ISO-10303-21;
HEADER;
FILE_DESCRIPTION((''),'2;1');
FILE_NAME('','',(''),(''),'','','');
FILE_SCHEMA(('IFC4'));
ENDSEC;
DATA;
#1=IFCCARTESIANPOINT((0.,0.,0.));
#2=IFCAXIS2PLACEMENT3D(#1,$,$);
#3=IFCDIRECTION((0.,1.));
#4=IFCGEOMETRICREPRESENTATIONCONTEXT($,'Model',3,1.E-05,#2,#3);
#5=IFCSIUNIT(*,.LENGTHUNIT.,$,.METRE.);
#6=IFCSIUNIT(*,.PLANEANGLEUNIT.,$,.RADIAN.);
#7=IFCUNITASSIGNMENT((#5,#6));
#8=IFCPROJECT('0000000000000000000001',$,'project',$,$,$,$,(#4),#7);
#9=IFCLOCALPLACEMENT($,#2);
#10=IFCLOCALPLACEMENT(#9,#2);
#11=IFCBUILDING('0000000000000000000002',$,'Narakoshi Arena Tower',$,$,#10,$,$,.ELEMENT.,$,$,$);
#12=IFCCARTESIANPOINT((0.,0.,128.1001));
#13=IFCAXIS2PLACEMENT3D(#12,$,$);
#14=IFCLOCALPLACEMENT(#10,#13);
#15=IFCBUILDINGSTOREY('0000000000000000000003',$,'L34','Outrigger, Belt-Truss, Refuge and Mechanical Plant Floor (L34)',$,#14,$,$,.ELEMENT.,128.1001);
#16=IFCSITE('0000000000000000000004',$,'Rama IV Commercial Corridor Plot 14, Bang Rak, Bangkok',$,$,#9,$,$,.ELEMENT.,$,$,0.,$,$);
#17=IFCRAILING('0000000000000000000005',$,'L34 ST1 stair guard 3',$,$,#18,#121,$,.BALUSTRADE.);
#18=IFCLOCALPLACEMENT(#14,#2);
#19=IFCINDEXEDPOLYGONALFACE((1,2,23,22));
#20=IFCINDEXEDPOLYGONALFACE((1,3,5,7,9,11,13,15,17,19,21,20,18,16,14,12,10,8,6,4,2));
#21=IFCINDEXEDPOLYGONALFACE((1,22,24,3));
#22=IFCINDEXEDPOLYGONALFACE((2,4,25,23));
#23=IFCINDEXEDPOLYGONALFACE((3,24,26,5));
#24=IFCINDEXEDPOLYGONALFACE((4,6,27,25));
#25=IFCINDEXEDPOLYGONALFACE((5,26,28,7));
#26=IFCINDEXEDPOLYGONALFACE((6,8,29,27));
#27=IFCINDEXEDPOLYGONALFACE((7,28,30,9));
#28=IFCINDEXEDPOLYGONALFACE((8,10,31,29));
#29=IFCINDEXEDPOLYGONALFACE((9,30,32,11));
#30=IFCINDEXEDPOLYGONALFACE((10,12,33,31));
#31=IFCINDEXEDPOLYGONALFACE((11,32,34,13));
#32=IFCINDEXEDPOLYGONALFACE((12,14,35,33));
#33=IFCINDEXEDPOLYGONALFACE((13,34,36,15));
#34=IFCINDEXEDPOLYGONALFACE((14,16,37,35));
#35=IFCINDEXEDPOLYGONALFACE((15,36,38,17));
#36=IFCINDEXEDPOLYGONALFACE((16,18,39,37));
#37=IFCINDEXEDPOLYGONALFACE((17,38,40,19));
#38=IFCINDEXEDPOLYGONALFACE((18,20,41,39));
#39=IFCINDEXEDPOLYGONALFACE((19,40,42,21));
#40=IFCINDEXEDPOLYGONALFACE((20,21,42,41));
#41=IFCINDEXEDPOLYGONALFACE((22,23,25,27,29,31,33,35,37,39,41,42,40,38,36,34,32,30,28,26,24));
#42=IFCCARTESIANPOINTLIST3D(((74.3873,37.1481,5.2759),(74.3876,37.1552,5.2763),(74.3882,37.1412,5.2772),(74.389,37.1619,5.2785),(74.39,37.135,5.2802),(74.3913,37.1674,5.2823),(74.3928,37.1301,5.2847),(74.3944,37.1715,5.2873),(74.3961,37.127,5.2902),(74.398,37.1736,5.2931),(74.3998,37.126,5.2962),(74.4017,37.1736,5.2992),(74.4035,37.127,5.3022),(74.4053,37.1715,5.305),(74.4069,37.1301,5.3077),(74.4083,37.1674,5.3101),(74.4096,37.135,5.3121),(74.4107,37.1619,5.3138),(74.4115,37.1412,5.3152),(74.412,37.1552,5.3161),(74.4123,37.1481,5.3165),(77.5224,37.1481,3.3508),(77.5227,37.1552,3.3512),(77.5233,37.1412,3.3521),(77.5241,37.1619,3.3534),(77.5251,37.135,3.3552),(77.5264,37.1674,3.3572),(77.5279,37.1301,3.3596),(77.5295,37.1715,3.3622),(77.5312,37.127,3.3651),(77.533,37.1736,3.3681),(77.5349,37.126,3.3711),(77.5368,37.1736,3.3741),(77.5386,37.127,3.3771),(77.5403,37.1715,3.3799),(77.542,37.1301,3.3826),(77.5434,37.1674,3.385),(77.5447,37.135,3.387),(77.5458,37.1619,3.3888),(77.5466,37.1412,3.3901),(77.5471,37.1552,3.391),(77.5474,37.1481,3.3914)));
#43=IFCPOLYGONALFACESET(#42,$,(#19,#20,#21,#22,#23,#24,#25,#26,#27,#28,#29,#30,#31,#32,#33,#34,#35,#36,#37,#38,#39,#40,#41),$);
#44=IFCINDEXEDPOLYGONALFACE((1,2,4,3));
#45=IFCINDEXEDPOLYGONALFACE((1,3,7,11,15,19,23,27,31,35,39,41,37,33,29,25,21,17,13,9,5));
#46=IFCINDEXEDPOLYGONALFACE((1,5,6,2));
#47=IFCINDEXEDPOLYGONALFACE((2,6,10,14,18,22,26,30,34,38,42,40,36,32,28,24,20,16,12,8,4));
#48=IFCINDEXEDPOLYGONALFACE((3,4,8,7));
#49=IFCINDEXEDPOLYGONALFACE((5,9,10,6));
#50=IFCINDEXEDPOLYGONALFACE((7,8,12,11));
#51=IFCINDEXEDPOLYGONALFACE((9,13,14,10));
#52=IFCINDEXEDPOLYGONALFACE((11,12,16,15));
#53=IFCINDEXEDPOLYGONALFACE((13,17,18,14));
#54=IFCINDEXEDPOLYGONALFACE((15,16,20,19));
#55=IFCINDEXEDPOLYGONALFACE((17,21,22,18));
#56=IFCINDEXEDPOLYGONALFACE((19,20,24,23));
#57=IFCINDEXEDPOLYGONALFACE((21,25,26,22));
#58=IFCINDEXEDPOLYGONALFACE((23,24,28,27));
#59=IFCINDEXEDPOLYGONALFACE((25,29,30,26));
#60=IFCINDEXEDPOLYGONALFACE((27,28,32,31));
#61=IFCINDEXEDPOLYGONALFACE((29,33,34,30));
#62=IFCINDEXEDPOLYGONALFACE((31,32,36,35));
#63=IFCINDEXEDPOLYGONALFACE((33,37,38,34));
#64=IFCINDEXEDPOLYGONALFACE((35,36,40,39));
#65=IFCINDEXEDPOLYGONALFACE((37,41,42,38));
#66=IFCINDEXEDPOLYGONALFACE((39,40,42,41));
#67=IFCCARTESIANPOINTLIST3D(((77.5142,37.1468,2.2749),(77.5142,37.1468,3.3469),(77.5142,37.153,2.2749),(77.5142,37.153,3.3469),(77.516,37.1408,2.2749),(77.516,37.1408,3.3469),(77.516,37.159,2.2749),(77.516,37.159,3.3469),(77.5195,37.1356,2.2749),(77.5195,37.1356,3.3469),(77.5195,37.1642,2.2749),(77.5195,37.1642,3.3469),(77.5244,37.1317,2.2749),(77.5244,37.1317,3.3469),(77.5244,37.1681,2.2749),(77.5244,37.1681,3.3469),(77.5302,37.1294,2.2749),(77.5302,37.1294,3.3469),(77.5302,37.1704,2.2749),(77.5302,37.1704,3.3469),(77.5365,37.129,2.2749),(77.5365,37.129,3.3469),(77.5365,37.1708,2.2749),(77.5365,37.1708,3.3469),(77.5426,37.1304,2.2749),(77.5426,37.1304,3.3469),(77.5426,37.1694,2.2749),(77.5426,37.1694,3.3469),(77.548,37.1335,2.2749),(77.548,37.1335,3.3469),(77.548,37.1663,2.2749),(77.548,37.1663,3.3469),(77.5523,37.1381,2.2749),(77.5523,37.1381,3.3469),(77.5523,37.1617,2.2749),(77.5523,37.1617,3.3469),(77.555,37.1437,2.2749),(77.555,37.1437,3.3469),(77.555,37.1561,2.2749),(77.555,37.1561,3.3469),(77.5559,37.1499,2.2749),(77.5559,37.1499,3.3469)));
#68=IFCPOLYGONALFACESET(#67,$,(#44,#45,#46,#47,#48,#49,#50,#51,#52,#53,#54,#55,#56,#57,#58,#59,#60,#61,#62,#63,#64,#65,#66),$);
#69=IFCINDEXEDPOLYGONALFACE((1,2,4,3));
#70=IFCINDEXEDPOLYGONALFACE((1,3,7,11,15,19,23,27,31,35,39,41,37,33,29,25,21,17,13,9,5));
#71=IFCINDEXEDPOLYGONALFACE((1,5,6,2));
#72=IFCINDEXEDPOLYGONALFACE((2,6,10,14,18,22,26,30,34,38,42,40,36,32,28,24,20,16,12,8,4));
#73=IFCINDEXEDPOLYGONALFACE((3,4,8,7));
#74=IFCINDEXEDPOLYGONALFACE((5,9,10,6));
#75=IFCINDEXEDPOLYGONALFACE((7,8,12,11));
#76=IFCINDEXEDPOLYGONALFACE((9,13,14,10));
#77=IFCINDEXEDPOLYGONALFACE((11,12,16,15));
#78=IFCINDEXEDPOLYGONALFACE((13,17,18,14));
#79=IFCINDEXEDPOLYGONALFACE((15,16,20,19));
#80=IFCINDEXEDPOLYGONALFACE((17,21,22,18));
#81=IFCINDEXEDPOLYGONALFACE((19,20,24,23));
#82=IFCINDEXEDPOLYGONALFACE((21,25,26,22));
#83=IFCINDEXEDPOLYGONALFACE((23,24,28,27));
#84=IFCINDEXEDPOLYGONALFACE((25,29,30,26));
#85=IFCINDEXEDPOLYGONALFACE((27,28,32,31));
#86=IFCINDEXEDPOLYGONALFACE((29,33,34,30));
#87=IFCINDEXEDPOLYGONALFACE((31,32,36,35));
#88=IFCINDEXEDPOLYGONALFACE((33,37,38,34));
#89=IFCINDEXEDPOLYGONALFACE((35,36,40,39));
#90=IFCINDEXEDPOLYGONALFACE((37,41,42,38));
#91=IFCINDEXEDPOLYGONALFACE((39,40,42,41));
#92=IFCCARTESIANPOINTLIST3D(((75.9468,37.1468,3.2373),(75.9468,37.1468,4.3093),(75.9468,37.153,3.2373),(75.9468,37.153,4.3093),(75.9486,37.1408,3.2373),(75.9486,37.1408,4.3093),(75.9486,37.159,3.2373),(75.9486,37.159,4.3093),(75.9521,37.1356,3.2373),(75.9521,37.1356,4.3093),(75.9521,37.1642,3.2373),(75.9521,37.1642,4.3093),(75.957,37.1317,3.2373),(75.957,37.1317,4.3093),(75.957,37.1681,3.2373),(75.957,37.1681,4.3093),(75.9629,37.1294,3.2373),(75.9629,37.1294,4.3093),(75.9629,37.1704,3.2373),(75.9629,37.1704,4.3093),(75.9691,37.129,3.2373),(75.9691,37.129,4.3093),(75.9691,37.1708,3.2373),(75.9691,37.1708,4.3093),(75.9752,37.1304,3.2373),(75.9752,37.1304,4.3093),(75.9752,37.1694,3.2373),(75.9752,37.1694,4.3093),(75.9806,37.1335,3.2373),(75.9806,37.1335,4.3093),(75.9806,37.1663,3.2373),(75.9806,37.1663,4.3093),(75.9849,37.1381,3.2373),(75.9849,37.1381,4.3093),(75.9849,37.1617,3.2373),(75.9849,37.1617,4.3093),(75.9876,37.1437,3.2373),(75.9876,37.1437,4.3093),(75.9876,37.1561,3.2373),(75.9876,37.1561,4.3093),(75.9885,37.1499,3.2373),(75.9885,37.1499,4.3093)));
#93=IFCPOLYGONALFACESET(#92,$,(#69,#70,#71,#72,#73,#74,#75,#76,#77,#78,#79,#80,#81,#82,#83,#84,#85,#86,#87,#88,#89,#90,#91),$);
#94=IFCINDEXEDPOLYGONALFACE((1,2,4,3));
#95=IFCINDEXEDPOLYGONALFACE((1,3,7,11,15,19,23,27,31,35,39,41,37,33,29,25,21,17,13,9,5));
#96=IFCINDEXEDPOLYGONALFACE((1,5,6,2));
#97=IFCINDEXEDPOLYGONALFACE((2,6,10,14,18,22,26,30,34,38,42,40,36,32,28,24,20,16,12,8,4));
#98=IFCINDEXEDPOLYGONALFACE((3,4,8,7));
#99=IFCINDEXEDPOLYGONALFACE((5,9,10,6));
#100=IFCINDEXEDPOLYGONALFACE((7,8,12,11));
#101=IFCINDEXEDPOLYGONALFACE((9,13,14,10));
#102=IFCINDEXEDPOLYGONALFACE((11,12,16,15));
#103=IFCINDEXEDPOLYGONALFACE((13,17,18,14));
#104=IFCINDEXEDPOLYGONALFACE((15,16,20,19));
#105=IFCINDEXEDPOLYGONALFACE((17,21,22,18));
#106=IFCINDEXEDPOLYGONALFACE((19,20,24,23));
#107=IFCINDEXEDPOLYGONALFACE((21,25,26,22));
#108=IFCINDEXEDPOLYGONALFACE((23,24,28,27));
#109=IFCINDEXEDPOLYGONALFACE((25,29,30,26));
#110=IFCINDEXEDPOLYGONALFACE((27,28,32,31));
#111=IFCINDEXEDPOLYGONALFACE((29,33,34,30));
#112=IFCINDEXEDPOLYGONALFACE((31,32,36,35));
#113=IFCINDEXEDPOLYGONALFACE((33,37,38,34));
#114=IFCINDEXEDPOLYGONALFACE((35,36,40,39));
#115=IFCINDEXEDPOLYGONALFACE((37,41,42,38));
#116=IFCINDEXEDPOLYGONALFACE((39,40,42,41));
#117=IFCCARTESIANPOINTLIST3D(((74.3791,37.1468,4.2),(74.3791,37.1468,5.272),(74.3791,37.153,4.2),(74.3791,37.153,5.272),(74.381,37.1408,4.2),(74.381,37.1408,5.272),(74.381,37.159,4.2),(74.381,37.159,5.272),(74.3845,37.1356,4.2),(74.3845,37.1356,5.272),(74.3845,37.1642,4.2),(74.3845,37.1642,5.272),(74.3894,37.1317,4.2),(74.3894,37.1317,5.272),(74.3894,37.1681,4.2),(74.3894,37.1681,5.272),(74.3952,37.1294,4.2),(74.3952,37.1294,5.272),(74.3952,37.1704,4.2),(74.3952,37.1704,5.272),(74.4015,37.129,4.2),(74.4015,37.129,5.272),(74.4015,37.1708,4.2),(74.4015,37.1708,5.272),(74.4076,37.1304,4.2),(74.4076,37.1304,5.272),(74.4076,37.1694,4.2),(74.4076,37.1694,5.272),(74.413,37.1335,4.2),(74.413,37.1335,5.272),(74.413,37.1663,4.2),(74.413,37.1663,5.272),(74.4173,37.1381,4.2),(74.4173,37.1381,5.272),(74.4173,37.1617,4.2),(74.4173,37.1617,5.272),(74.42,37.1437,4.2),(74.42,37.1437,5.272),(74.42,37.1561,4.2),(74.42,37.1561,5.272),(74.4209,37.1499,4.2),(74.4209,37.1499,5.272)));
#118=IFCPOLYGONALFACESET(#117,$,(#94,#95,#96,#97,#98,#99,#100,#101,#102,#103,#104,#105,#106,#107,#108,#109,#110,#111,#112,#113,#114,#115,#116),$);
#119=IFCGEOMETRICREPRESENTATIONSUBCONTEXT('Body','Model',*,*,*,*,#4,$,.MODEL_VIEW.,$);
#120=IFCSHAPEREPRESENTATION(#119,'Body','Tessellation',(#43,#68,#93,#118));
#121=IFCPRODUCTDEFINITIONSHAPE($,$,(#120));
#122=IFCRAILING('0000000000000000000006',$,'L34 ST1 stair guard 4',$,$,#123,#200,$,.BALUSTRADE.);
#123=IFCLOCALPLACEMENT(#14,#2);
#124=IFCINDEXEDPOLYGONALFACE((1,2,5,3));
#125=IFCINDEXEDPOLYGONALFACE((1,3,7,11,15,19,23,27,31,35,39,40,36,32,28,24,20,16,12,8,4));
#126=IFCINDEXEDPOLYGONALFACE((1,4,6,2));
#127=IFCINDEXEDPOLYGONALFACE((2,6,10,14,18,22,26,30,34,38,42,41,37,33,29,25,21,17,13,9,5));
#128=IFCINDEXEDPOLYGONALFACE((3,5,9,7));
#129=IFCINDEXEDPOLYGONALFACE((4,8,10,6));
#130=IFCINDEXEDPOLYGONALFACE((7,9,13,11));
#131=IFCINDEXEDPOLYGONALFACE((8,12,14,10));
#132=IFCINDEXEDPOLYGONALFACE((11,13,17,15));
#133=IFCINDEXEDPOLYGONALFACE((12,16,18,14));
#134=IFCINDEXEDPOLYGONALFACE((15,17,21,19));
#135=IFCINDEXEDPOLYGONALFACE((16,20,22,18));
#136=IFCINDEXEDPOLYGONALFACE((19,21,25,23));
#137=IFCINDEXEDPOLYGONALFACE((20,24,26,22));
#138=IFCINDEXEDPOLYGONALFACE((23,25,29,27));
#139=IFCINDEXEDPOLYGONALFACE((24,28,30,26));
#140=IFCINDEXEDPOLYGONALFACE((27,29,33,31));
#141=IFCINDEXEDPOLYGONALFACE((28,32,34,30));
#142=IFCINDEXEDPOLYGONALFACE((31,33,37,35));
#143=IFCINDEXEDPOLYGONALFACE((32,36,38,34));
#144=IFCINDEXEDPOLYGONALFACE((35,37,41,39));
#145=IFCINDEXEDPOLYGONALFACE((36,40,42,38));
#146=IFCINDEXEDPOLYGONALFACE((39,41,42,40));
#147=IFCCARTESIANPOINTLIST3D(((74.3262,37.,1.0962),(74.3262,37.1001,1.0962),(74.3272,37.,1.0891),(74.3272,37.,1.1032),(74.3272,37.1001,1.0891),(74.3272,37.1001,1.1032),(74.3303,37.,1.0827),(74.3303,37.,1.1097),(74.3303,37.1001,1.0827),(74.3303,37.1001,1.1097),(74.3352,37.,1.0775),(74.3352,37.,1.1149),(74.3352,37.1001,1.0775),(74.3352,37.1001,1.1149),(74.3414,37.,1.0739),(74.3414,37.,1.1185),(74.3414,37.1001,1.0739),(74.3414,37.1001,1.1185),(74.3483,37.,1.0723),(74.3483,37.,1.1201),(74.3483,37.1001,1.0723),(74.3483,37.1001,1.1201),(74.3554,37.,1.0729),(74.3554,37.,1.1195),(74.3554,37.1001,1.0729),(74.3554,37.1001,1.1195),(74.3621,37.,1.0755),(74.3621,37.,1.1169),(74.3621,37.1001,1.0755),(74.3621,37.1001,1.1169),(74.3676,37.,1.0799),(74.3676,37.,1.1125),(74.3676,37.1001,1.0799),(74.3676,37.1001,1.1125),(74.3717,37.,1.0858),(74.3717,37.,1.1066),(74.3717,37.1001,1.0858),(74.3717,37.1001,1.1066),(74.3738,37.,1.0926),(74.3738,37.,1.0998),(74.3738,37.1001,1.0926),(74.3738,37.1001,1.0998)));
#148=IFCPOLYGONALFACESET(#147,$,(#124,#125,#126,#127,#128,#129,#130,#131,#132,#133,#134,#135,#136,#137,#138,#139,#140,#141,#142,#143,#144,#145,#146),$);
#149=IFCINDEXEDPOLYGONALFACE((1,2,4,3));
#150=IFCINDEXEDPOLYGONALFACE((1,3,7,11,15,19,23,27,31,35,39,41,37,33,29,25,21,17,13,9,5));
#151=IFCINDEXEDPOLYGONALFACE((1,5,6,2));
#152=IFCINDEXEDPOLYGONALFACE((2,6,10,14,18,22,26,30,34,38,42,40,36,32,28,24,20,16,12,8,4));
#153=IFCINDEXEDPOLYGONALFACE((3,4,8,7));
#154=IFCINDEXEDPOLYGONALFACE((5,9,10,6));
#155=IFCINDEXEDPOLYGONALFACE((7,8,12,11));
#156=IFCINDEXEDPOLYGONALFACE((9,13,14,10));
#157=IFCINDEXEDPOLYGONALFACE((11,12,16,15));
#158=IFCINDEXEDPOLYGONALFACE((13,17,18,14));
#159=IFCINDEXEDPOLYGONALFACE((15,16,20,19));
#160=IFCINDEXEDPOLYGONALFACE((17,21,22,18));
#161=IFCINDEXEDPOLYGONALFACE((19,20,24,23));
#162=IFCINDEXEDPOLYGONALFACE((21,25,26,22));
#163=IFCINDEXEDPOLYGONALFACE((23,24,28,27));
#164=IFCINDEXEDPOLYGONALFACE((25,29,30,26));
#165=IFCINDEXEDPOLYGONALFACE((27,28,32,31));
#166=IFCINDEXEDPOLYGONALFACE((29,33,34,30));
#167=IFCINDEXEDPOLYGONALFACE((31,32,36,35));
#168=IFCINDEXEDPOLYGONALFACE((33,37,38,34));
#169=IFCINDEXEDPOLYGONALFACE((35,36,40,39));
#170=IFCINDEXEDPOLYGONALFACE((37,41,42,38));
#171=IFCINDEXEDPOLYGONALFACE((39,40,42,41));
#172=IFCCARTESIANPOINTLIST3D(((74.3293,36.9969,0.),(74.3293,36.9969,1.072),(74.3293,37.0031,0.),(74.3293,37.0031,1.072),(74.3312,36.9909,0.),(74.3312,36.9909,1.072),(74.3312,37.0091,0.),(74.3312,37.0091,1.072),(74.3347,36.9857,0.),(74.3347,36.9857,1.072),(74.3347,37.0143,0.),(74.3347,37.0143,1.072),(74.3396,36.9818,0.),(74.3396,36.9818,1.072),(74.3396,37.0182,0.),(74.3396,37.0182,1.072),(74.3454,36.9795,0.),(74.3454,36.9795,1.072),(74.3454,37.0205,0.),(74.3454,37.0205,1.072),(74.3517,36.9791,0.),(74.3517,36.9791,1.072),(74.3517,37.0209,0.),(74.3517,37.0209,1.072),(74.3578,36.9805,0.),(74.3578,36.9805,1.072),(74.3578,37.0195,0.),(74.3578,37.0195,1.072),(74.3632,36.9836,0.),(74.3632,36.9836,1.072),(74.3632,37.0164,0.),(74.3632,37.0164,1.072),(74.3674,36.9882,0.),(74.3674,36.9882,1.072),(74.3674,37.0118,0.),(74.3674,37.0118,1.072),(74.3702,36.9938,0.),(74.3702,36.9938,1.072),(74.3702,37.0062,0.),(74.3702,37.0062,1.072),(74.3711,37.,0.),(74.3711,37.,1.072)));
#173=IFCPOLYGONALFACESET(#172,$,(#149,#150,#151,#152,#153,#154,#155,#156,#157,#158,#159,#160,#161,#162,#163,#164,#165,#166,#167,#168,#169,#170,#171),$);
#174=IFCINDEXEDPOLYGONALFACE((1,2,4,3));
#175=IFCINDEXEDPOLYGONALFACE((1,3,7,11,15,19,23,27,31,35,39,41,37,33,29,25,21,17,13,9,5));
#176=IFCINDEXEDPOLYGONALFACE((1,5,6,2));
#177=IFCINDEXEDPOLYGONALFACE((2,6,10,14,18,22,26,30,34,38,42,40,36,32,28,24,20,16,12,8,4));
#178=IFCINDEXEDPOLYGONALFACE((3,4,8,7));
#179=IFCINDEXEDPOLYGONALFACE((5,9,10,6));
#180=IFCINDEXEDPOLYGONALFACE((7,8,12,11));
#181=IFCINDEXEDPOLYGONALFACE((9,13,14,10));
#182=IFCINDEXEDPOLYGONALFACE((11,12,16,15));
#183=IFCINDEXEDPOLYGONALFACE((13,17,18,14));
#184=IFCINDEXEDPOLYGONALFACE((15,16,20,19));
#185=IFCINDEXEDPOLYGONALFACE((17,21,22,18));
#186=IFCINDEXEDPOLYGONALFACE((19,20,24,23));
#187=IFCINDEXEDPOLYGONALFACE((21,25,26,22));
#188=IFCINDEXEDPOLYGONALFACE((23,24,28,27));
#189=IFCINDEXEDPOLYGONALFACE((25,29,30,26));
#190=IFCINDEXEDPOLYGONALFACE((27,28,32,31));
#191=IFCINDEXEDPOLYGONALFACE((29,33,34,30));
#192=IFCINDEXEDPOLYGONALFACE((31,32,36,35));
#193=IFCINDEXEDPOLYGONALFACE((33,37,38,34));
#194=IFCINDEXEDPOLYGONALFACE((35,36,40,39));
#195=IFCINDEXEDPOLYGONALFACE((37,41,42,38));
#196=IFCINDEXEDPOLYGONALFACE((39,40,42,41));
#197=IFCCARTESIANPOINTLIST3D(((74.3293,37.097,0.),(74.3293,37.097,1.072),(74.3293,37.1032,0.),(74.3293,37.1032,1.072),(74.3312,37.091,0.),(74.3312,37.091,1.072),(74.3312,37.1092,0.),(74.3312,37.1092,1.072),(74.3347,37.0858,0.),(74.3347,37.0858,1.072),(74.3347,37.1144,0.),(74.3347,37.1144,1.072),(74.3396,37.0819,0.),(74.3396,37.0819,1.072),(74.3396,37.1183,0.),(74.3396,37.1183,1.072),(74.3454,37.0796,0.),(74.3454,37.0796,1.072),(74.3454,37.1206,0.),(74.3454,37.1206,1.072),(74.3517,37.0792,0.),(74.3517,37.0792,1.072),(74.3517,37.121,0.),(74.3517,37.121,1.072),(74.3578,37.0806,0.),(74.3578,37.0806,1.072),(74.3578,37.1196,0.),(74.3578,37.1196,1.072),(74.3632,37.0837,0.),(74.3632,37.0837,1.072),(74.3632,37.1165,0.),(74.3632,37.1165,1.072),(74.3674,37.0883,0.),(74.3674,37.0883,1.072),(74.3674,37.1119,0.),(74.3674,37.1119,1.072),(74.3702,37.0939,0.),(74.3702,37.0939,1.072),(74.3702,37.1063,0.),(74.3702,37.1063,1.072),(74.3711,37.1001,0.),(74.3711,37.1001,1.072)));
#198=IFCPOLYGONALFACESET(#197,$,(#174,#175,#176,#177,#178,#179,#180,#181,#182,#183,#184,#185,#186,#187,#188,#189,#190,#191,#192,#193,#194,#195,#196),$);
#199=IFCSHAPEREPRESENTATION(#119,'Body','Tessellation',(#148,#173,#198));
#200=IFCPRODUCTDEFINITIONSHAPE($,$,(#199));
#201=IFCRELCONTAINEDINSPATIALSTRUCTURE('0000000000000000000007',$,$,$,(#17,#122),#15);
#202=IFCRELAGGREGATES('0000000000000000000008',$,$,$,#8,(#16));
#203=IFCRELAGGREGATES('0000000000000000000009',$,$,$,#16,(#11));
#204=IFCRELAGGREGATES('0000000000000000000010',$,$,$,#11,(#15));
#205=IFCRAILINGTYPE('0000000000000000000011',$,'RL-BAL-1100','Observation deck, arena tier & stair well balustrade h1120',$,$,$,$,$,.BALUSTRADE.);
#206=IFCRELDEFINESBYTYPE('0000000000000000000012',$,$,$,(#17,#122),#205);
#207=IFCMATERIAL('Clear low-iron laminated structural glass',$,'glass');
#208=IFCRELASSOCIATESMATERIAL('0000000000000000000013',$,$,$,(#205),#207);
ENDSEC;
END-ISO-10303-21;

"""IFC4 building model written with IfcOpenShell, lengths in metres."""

from ifc_helpers import new_model, si_unit, direction, frame, origin, origin_2d, place, context, subcontext, project, spatial, circle, extrude, material, type_object, element, save


model = new_model("IFC4")

# Units and contexts
model_context = context("Model", 3, precision=1e-05, world=origin(), true_north=direction((0.0, 1.0)))
body_context = subcontext(model_context, "Body", "Model", "MODEL_VIEW")
ifc_project = project(units=[si_unit("LENGTHUNIT", "METRE"), si_unit("PLANEANGLEUNIT", "RADIAN")], contexts=[model_context])

# Site, building, storey
site_placement = place(None, origin())
site = spatial("IfcSite", under=ifc_project, at=site_placement, Name="Rama IV Commercial Corridor Plot 14, Bang Rak, Bangkok", CompositionType="ELEMENT", RefElevation=0.0)
building_placement = place(site_placement, origin())
building = spatial("IfcBuilding", under=site, at=building_placement, Name="Narakoshi Arena Tower", CompositionType="ELEMENT")
storey_placement = place(building_placement, frame((0.0, 0.0, 128.1001)))
storey = spatial("IfcBuildingStorey", under=building, at=storey_placement, Name="L34", Description="Outrigger, Belt-Truss, Refuge and Mechanical Plant Floor (L34)", CompositionType="ELEMENT", Elevation=128.1001)

# Railings
ifc_material_1 = material(Name="Clear low-iron laminated structural glass", Category="glass")
railing_type_1 = type_object("IfcRailingType", Name="RL-BAL-1100", Description="Observation deck, arena tier & stair well balustrade h1120", PredefinedType="BALUSTRADE", material=ifc_material_1)
railing_1_placement = place(storey_placement, frame((77.5349, 37.1499, 2.2749)))
element("IfcRailing", 1, at=railing_1_placement, inside=storey, type_object=railing_type_1, Name="L34 ST1 stair guard 3", PredefinedType="BALUSTRADE", context=body_context, shape_type="SweptSolid", body=[
    extrude(circle(Radius=0.0239, at=origin_2d()), frame((0.0, 0.0, 1.0962), z_axis=(-0.852166, 0.0, 0.523271), x_axis=(0.0, -1.0, 0.0)), (0.0, 0.0, 1.0), 3.679),
    extrude(circle(Radius=0.021, at=origin_2d()), origin(), (0.0, 0.0, 1.0), 1.072),
    extrude(circle(Radius=0.021, at=origin_2d()), frame((-1.5674, 0.0, 0.9624)), (0.0, 0.0, 1.0), 1.072),
    extrude(circle(Radius=0.021, at=origin_2d()), frame((-3.135, 0.0, 1.925)), (0.0, 0.0, 1.0), 1.072),
])
railing_2_placement = place(storey_placement, frame((74.3501, 37.0, 0.0)))
element("IfcRailing", 2, at=railing_2_placement, inside=storey, type_object=railing_type_1, Name="L34 ST1 stair guard 4", PredefinedType="BALUSTRADE", context=body_context, shape_type="SweptSolid", body=[
    extrude(circle(Radius=0.0239, at=origin_2d()), frame((0.0, 0.0, 1.0962), z_axis=(0.0, 1.0, 0.0), x_axis=(-1.0, 0.0, 0.0)), (0.0, 0.0, 1.0), 0.1001),
    extrude(circle(Radius=0.021, at=origin_2d()), origin(), (0.0, 0.0, 1.0), 1.072),
    extrude(circle(Radius=0.021, at=origin_2d()), frame((0.0, 0.1001, 0.0)), (0.0, 0.0, 1.0), 1.072),
])

save(model, "model.ifc")
